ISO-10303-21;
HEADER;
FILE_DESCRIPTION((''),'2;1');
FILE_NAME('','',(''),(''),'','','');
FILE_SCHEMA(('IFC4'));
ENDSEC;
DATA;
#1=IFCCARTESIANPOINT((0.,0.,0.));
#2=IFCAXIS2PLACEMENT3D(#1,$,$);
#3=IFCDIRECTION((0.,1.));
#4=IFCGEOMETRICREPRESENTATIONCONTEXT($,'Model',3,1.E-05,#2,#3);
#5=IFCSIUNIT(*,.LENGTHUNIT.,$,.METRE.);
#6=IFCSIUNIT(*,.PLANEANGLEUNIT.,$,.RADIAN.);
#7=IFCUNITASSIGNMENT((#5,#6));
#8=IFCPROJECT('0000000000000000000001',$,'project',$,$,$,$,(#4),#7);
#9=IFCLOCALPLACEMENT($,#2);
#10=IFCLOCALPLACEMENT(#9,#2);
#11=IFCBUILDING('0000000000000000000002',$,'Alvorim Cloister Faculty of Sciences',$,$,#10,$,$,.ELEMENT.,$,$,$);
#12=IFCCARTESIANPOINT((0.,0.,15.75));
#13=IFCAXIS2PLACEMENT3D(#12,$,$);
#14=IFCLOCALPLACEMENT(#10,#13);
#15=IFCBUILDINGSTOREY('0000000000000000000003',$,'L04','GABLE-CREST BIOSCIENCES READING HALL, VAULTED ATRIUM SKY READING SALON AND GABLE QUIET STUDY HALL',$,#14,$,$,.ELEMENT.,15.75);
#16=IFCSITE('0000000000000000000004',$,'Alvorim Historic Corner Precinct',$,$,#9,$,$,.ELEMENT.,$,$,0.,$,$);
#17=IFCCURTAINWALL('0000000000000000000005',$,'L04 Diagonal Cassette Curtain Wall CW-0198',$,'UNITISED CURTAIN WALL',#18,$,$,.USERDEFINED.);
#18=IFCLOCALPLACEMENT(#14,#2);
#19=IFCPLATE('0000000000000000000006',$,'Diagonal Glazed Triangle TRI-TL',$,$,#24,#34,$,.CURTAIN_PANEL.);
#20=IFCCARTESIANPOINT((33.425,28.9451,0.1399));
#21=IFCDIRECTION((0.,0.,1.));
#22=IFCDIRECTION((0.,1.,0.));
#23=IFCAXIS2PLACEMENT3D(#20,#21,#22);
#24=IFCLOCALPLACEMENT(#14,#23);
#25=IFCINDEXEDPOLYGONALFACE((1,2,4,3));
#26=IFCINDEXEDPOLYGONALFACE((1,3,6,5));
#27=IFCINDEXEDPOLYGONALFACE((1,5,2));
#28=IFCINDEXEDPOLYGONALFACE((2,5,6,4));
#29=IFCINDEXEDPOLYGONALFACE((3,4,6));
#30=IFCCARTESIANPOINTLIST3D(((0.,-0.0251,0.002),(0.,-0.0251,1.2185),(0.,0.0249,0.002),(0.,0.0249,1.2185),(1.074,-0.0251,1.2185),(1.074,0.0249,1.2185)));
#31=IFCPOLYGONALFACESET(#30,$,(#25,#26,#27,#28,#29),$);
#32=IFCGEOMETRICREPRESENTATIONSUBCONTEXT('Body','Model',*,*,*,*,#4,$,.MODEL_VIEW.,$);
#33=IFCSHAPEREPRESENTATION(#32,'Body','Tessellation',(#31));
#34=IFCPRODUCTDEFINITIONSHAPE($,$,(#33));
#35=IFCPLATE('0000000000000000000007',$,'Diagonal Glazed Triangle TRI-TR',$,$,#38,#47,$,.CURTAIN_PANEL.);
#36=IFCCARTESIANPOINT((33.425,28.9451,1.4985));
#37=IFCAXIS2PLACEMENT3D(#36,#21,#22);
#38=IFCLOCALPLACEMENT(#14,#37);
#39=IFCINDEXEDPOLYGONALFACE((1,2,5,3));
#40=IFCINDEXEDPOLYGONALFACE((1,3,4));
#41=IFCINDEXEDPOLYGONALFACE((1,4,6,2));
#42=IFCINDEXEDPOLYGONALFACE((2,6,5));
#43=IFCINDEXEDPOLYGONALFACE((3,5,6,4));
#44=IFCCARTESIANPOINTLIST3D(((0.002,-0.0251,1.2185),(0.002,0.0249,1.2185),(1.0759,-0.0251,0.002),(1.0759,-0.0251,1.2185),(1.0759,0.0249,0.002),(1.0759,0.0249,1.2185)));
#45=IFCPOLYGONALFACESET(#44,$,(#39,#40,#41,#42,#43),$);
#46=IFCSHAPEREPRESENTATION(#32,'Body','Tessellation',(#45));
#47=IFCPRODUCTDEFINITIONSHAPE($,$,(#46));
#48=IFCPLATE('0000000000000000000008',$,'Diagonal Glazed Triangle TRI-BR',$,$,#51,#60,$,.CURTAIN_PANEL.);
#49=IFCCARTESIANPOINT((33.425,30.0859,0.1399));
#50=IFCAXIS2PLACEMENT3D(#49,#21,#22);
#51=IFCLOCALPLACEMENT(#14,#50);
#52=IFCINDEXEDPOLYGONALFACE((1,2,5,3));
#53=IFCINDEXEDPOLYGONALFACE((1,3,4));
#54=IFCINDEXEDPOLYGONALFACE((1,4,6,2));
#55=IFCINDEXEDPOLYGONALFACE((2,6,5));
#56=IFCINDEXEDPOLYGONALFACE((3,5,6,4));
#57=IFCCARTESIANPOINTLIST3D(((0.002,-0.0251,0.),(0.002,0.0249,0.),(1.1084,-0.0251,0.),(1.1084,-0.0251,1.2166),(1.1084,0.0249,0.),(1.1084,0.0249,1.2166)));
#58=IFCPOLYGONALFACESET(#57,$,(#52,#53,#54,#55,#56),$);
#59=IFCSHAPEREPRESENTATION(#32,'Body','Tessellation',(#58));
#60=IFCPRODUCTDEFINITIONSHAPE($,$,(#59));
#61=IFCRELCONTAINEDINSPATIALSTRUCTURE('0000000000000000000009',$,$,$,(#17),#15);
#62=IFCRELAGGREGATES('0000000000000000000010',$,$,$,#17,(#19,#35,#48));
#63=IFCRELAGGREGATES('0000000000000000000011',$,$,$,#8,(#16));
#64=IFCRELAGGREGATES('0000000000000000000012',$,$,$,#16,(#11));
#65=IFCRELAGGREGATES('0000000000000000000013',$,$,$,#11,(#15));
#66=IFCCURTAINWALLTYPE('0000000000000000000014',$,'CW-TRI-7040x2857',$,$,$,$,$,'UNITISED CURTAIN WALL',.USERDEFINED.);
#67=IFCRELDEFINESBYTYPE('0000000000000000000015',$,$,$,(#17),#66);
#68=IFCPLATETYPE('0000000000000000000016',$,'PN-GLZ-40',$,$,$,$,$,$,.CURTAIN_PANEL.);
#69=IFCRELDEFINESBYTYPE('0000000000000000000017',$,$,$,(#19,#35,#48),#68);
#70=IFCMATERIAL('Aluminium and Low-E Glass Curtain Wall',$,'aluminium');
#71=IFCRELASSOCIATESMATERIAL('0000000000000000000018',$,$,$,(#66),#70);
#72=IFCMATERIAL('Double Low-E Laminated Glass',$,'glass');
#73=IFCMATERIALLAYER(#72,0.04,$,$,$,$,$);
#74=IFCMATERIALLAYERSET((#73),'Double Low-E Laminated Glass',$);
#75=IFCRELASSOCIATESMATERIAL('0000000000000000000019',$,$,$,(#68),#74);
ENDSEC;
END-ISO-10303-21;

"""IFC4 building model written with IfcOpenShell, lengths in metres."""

from ifc_helpers import new_model, si_unit, direction, frame, origin, place, context, subcontext, project, spatial, polyline, outline, extrude, material, layer, layer_set, type_object, element, aggregate, save


model = new_model("IFC4")

# Units and contexts
model_context = context("Model", 3, precision=1e-05, world=origin(), true_north=direction((0.0, 1.0)))
body_context = subcontext(model_context, "Body", "Model", "MODEL_VIEW")
ifc_project = project(units=[si_unit("LENGTHUNIT", "METRE"), si_unit("PLANEANGLEUNIT", "RADIAN")], contexts=[model_context])

# Site, building, storey
site_placement = place(None, origin())
site = spatial("IfcSite", under=ifc_project, at=site_placement, Name="Alvorim Historic Corner Precinct", CompositionType="ELEMENT", RefElevation=0.0)
building_placement = place(site_placement, origin())
building = spatial("IfcBuilding", under=site, at=building_placement, Name="Alvorim Cloister Faculty of Sciences", CompositionType="ELEMENT")
storey_placement = place(building_placement, frame((0.0, 0.0, 15.75)))
storey = spatial("IfcBuildingStorey", under=building, at=storey_placement, Name="L04", Description="GABLE-CREST BIOSCIENCES READING HALL, VAULTED ATRIUM SKY READING SALON AND GABLE QUIET STUDY HALL", CompositionType="ELEMENT", Elevation=15.75)

# Curtain wall
ifc_material_1 = material(Name="Aluminium and Low-E Glass Curtain Wall", Category="aluminium")
curtain_wall_type_1 = type_object("IfcCurtainWallType", Name="CW-TRI-7040x2857", ElementType="UNITISED CURTAIN WALL", PredefinedType="USERDEFINED", material=ifc_material_1)
curtain_wall_1_placement = place(storey_placement, origin())
curtain_wall_1 = element("IfcCurtainWall", 1, at=curtain_wall_1_placement, inside=storey, type_object=curtain_wall_type_1, Name="L04 Diagonal Cassette Curtain Wall CW-0198", ObjectType="UNITISED CURTAIN WALL", PredefinedType="USERDEFINED")

# Plates
ifc_material_2 = material(Name="Double Low-E Laminated Glass", Category="glass")
ifc_layer = layer(ifc_material_2, 0.04)
ifc_layer_set = layer_set([ifc_layer], Name="Double Low-E Laminated Glass")
plate_type = type_object("IfcPlateType", Name="PN-GLZ-40", PredefinedType="CURTAIN_PANEL", material=ifc_layer_set)
plate_1_placement = place(storey_placement, frame((33.425, 28.9451, 0.1399), z_axis=(0.0, 0.0, 1.0), x_axis=(0.0, 1.0, 0.0)))
plate_1 = element("IfcPlate", 2, at=plate_1_placement, type_object=plate_type, Name="Diagonal Glazed Triangle TRI-TL", PredefinedType="CURTAIN_PANEL", context=body_context, shape_type="SweptSolid", body=[
    extrude(outline(polyline([(1.074, 1.2185), (0.0, 1.2185), (0.0, 0.002), (1.074, 1.2185)])), frame((0.0, 0.0249, 0.0), z_axis=(0.0, -1.0, 0.0), x_axis=(1.0, 0.0, 0.0)), (0.0, 0.0, 1.0), 0.05),
])
plate_2_placement = place(storey_placement, frame((33.425, 28.9451, 1.4985), z_axis=(0.0, 0.0, 1.0), x_axis=(0.0, 1.0, 0.0)))
plate_2 = element("IfcPlate", 3, at=plate_2_placement, type_object=plate_type, Name="Diagonal Glazed Triangle TRI-TR", PredefinedType="CURTAIN_PANEL", context=body_context, shape_type="SweptSolid", body=[
    extrude(outline(polyline([(1.0759, 0.002), (1.0759, 1.2185), (0.002, 1.2185), (1.0759, 0.002)])), frame((0.0, 0.0249, 0.0), z_axis=(0.0, -1.0, 0.0), x_axis=(1.0, 0.0, 0.0)), (0.0, 0.0, 1.0), 0.05),
])
plate_3_placement = place(storey_placement, frame((33.425, 30.0859, 0.1399), z_axis=(0.0, 0.0, 1.0), x_axis=(0.0, 1.0, 0.0)))
plate_3 = element("IfcPlate", 4, at=plate_3_placement, type_object=plate_type, Name="Diagonal Glazed Triangle TRI-BR", PredefinedType="CURTAIN_PANEL", context=body_context, shape_type="SweptSolid", body=[
    extrude(outline(polyline([(0.002, 0.0), (1.1084, 0.0), (1.1084, 1.2166), (0.002, 0.0)])), frame((0.0, 0.0249, 0.0), z_axis=(0.0, -1.0, 0.0), x_axis=(1.0, 0.0, 0.0)), (0.0, 0.0, 1.0), 0.05),
])
aggregate(curtain_wall_1, [plate_1, plate_2, plate_3])

save(model, "model.ifc")
